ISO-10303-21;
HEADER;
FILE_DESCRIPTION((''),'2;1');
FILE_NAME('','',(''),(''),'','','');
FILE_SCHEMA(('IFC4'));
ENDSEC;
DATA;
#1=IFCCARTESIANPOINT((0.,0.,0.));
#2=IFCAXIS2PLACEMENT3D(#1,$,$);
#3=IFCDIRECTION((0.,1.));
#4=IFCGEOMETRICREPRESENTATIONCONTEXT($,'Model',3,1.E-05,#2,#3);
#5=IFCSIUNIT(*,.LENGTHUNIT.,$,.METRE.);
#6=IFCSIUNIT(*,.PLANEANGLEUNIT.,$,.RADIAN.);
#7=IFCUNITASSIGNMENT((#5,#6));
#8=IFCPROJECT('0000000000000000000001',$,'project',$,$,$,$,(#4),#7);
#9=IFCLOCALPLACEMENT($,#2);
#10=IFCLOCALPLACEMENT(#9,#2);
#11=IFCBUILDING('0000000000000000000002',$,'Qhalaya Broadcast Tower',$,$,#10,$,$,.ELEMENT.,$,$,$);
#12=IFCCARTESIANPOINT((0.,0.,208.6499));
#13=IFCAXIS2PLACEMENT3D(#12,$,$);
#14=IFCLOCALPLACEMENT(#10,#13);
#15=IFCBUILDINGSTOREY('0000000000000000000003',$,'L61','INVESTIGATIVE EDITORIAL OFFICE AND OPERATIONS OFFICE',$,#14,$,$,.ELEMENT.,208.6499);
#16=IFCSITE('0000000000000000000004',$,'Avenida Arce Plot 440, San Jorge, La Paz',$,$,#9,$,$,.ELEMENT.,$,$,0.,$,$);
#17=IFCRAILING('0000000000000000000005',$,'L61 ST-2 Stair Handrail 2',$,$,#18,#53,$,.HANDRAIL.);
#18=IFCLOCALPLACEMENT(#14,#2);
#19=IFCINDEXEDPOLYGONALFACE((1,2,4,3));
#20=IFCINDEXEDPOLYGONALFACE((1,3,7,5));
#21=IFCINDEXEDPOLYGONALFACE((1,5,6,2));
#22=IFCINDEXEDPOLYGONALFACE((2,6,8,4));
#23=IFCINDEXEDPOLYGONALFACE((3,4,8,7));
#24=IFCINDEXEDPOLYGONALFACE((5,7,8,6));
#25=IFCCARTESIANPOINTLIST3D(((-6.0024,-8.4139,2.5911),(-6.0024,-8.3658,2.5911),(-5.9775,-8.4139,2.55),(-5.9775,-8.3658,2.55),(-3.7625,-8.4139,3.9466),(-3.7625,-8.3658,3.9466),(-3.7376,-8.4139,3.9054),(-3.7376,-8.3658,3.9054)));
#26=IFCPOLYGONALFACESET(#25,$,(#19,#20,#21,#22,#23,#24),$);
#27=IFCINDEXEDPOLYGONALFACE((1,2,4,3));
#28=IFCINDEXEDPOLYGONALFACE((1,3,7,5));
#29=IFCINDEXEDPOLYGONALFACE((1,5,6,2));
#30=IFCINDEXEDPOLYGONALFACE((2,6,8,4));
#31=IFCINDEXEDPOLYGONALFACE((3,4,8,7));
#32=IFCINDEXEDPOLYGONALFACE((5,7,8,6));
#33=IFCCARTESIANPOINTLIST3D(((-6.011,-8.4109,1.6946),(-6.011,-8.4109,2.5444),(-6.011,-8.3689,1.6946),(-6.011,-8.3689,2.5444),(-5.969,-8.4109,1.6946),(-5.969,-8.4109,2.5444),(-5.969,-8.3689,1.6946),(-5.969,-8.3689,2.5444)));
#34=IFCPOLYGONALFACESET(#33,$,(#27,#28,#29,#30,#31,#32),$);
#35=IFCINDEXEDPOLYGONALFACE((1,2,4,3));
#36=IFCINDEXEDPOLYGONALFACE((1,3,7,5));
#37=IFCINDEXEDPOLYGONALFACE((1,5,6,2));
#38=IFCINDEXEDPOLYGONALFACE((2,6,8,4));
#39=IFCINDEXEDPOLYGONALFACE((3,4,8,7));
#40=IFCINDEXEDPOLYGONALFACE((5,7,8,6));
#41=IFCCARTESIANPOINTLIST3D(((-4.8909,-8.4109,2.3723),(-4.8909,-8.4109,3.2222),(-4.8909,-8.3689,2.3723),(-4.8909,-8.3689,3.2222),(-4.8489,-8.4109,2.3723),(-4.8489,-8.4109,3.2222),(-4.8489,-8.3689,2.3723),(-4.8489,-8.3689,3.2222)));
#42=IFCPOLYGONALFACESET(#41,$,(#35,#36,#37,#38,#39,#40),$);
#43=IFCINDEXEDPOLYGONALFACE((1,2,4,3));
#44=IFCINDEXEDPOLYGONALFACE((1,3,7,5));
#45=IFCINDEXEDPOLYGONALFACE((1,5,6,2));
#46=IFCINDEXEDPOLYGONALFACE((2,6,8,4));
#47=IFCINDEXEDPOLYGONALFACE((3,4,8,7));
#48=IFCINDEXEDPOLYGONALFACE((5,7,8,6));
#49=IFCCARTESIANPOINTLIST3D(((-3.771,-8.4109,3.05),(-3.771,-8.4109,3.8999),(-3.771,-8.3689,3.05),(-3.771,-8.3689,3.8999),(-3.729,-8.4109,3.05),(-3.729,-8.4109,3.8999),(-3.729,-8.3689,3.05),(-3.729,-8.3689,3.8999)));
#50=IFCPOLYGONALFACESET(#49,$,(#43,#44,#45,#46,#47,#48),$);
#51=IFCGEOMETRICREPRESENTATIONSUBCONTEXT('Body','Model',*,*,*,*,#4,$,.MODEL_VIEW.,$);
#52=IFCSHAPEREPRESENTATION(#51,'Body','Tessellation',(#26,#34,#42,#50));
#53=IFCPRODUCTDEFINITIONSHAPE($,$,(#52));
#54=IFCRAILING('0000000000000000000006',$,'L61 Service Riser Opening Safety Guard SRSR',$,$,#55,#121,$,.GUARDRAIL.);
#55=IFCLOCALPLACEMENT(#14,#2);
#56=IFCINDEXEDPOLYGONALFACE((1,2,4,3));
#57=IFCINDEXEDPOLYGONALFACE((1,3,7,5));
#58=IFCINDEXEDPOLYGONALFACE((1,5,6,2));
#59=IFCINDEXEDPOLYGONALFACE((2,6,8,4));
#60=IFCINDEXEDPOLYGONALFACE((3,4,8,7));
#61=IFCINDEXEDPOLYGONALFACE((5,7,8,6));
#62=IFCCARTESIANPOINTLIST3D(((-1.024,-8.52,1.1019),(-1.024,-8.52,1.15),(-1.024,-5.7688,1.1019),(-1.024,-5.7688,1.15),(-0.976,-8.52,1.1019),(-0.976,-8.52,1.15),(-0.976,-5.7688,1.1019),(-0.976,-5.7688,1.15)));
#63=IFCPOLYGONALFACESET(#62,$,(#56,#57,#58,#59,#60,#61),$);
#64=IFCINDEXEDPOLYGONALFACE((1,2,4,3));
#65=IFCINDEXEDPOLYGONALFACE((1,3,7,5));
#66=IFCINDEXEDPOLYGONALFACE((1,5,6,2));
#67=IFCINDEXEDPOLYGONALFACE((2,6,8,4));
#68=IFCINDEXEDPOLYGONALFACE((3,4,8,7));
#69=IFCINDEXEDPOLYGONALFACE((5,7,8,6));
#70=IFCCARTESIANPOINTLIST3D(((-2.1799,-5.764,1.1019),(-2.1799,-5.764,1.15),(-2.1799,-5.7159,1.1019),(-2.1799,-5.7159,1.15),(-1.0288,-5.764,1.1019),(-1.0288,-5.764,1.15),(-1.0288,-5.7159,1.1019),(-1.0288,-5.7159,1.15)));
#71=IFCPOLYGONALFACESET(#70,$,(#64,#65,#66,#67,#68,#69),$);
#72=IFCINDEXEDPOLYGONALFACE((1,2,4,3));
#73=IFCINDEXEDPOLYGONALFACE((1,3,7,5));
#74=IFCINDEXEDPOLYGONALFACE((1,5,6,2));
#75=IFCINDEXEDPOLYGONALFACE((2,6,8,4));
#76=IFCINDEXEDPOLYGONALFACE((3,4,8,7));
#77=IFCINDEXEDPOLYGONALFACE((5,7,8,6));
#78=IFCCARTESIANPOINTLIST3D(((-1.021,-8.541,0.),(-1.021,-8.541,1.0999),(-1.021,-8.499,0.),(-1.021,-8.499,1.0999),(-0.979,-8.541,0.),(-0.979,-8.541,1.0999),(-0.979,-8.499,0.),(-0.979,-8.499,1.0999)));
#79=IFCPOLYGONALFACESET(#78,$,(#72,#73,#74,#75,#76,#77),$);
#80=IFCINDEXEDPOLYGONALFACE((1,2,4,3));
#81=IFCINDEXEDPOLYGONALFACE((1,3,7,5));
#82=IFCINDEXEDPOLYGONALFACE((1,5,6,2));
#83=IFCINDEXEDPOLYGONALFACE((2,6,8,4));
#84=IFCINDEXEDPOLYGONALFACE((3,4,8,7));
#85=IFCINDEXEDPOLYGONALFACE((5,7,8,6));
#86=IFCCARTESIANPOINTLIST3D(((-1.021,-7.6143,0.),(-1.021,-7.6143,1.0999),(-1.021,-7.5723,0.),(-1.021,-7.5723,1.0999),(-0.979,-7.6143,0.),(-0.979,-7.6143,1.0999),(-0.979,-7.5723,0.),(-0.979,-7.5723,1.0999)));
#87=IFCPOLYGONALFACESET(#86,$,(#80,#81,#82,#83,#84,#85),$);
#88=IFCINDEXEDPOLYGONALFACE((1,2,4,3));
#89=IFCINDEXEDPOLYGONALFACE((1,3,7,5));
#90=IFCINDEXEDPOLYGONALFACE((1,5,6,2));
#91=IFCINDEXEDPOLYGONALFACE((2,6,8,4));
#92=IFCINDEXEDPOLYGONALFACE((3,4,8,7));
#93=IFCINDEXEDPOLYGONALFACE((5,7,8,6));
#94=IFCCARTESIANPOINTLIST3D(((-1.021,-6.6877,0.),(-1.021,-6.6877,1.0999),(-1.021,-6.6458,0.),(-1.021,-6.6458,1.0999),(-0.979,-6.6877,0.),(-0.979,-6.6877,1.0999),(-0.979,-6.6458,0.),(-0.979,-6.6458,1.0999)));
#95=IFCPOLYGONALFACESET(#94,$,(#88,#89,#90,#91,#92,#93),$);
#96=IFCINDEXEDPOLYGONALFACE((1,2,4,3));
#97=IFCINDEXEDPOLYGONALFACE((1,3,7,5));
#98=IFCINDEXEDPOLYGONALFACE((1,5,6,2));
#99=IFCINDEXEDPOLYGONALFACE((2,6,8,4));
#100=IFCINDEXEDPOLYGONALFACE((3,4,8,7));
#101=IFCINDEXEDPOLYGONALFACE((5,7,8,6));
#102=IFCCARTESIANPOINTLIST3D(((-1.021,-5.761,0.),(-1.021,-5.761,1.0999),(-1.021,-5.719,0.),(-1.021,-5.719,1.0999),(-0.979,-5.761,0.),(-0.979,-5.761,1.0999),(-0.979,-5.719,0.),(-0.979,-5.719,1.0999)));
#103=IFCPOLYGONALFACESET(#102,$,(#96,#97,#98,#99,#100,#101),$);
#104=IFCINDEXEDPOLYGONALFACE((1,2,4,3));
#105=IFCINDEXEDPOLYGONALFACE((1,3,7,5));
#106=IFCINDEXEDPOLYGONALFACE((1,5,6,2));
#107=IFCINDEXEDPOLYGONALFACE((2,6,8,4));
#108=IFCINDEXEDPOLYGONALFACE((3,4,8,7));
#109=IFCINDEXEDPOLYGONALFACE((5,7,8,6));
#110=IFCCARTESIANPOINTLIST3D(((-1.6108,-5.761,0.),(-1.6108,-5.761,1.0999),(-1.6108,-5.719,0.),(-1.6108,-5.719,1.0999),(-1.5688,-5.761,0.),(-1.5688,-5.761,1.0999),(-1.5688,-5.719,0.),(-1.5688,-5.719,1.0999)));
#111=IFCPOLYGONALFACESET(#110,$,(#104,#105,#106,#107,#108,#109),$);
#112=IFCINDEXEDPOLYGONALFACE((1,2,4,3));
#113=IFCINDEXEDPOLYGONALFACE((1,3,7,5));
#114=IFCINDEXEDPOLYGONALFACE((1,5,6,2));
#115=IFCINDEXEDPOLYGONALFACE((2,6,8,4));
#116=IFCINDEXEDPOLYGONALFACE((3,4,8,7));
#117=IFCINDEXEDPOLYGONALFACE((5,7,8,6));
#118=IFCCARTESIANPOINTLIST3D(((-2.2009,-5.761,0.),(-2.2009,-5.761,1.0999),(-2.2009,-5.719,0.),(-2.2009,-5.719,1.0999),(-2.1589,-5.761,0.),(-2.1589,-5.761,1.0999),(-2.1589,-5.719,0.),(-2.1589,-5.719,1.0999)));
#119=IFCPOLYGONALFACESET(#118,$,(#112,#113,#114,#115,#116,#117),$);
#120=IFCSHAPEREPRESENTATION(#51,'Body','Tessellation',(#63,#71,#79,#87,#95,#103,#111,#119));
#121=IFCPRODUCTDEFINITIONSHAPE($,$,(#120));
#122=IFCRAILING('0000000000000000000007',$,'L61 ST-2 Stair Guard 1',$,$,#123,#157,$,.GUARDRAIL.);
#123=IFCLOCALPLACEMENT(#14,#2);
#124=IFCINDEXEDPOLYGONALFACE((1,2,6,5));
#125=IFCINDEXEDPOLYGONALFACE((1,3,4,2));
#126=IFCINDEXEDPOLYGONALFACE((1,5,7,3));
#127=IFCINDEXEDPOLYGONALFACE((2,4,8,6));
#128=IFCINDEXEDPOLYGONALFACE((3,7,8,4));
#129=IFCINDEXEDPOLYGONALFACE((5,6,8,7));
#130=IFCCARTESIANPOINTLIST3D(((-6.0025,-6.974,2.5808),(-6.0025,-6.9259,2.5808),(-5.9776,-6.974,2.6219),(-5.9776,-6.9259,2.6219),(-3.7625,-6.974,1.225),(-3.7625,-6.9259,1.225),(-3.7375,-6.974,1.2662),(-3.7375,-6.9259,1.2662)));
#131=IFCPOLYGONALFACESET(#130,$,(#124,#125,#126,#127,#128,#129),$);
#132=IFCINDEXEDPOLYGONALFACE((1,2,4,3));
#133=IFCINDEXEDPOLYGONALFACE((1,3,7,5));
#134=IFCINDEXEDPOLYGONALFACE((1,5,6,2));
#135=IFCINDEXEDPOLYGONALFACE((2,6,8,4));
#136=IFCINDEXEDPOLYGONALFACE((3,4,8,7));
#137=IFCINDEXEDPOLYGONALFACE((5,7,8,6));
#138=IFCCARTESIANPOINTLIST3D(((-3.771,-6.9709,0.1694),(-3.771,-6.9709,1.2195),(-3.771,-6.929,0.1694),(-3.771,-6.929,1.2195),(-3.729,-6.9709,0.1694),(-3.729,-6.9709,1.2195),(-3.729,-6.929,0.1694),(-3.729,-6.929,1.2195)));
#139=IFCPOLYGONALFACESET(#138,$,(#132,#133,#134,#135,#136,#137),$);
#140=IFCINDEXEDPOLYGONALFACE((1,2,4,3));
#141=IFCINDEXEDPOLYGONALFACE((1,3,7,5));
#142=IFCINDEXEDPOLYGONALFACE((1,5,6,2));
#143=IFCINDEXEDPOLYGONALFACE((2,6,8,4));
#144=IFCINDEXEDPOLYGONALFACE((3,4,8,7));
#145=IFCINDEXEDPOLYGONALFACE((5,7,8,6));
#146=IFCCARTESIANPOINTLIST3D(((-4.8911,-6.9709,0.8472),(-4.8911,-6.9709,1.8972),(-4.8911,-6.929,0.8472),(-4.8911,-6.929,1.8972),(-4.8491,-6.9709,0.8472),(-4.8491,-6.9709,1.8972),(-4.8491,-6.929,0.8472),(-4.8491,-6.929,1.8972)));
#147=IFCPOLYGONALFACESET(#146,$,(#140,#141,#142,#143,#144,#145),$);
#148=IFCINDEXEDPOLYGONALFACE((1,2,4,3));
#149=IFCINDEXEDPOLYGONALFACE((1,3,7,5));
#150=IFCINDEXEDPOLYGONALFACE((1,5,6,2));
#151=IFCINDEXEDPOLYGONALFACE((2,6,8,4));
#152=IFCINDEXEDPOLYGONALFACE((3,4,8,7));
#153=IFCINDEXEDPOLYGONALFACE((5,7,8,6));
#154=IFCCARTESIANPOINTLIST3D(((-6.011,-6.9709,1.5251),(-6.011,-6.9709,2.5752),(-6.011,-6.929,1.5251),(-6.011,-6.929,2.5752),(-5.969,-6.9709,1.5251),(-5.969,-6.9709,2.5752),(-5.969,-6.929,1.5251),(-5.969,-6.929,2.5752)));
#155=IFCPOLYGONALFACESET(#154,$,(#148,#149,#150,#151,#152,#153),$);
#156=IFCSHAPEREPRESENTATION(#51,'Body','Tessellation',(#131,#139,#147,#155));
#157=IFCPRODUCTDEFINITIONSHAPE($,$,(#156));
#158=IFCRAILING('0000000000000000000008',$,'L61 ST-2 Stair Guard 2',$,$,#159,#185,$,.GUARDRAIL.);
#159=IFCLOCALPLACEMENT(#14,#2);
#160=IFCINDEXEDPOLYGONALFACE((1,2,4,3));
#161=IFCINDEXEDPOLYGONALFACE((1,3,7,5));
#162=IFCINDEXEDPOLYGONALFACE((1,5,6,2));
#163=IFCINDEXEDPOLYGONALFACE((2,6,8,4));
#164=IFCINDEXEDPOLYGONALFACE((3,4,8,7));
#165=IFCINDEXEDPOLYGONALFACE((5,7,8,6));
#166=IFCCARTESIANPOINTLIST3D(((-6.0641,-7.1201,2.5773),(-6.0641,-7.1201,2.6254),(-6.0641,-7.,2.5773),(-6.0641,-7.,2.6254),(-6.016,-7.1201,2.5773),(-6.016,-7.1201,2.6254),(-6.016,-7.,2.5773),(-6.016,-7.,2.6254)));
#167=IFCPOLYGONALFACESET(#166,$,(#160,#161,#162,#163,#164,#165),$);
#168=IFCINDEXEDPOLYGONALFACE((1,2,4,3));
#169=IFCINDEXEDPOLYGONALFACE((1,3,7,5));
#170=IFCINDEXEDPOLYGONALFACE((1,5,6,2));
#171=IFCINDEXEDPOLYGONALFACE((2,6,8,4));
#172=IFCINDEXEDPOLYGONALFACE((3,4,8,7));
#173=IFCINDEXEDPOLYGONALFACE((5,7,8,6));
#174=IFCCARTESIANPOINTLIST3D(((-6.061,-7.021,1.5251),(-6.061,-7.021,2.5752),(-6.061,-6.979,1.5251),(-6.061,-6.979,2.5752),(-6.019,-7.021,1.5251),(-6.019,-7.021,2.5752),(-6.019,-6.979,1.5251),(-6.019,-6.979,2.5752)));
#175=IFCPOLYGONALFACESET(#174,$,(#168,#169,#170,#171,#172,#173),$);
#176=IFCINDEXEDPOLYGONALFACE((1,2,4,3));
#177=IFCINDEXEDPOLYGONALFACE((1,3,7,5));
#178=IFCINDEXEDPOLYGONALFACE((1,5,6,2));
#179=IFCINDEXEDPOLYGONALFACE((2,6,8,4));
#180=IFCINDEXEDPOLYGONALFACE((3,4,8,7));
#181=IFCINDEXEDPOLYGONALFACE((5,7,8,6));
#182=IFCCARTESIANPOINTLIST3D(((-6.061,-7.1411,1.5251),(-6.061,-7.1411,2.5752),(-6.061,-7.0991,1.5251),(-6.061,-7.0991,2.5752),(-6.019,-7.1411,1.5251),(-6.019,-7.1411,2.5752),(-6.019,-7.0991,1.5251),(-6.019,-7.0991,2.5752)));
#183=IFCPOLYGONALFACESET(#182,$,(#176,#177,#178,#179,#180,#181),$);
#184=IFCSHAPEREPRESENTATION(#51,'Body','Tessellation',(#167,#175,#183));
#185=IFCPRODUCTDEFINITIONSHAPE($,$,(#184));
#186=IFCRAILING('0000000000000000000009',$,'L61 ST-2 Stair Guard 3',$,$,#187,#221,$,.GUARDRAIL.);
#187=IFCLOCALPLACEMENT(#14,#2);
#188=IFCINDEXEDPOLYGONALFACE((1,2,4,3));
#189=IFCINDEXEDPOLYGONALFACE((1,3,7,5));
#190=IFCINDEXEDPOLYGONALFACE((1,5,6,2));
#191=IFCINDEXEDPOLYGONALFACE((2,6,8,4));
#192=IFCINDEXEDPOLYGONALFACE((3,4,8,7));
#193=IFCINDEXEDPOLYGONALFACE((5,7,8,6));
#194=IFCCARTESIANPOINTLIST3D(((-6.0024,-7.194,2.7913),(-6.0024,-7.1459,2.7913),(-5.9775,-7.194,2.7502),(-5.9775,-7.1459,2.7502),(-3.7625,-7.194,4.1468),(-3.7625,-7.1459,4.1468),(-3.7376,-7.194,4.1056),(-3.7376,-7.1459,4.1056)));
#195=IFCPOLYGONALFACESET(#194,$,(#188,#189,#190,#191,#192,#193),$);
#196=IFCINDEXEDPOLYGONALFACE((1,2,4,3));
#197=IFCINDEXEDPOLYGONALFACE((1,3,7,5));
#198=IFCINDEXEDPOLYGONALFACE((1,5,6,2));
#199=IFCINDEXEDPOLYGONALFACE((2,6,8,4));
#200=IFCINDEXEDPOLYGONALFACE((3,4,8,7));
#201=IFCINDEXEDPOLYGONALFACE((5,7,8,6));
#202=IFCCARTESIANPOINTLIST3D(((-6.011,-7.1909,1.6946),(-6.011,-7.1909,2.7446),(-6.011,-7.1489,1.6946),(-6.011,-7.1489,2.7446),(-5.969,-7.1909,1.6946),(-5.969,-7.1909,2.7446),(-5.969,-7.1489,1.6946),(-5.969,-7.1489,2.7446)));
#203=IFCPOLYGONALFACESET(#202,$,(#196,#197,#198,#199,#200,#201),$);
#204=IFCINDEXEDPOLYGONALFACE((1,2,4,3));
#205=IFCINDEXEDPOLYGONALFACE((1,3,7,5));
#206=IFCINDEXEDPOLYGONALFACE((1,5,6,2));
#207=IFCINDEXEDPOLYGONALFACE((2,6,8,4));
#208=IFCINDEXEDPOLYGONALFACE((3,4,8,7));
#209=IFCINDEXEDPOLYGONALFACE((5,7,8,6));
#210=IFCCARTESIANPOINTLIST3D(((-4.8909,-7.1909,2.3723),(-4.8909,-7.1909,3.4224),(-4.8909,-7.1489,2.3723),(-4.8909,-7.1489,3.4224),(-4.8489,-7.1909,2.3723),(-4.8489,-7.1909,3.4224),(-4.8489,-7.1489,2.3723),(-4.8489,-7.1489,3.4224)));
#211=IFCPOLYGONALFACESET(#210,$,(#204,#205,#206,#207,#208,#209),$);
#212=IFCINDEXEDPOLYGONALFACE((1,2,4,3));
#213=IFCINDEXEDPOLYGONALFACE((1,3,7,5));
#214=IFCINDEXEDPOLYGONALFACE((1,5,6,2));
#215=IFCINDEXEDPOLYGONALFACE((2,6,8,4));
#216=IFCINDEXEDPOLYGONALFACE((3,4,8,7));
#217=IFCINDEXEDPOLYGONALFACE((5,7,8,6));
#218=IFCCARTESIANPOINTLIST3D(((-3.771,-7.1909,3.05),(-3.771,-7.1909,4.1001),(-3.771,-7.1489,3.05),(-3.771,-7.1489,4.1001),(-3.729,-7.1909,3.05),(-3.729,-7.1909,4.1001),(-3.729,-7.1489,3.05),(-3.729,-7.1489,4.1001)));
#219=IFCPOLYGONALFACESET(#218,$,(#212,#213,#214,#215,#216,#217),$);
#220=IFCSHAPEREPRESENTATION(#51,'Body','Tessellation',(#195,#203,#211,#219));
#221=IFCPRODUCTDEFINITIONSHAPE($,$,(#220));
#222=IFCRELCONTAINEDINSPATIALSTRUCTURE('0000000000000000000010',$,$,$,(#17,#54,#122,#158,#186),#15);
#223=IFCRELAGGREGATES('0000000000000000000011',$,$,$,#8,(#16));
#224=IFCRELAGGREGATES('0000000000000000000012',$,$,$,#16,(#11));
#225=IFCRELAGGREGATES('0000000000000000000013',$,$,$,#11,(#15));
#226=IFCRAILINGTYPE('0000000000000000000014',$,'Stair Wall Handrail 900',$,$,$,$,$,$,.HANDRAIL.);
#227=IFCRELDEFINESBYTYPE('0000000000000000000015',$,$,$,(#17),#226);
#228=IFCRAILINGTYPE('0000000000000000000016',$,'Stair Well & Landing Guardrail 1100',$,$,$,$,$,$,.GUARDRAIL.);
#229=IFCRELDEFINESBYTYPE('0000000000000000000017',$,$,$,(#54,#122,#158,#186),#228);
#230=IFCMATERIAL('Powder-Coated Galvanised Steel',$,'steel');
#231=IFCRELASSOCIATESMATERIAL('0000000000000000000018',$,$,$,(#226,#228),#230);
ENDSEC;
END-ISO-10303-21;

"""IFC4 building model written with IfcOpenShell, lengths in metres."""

from ifc_helpers import new_model, si_unit, direction, frame, origin, origin_2d, place, context, subcontext, project, spatial, rectangle, extrude, material, type_object, element, save


model = new_model("IFC4")

# Units and contexts
model_context = context("Model", 3, precision=1e-05, world=origin(), true_north=direction((0.0, 1.0)))
body_context = subcontext(model_context, "Body", "Model", "MODEL_VIEW")
ifc_project = project(units=[si_unit("LENGTHUNIT", "METRE"), si_unit("PLANEANGLEUNIT", "RADIAN")], contexts=[model_context])

# Site, building, storey
site_placement = place(None, origin())
site = spatial("IfcSite", under=ifc_project, at=site_placement, Name="Avenida Arce Plot 440, San Jorge, La Paz", CompositionType="ELEMENT", RefElevation=0.0)
building_placement = place(site_placement, origin())
building = spatial("IfcBuilding", under=site, at=building_placement, Name="Qhalaya Broadcast Tower", CompositionType="ELEMENT")
storey_placement = place(building_placement, frame((0.0, 0.0, 208.6499)))
storey = spatial("IfcBuildingStorey", under=building, at=storey_placement, Name="L61", Description="INVESTIGATIVE EDITORIAL OFFICE AND OPERATIONS OFFICE", CompositionType="ELEMENT", Elevation=208.6499)

# Railings
ifc_material_1 = material(Name="Powder-Coated Galvanised Steel", Category="steel")
railing_type_1 = type_object("IfcRailingType", Name="Stair Wall Handrail 900", PredefinedType="HANDRAIL", material=ifc_material_1)
railing_1_placement = place(storey_placement, frame((-5.99, -8.3899, 1.6946)))
element("IfcRailing", 1, at=railing_1_placement, inside=storey, type_object=railing_type_1, Name="L61 ST-2 Stair Handrail 2", PredefinedType="HANDRAIL", context=body_context, shape_type="SweptSolid", body=[
    extrude(rectangle(XDim=0.0481, YDim=0.0481, at=origin_2d()), frame((0.0, 0.0, 0.876), z_axis=(0.855553, 0.0, 0.517715), x_axis=(0.0, 1.0, 0.0)), (0.0, 0.0, 1.0), 2.6182),
    extrude(rectangle(XDim=0.042, YDim=0.042, at=origin_2d()), origin(), (0.0, 0.0, 1.0), 0.8499),
    extrude(rectangle(XDim=0.042, YDim=0.042, at=origin_2d()), frame((1.1201, 0.0, 0.6777)), (0.0, 0.0, 1.0), 0.8499),
    extrude(rectangle(XDim=0.042, YDim=0.042, at=origin_2d()), frame((2.24, 0.0, 1.3555)), (0.0, 0.0, 1.0), 0.8499),
])
railing_type_2 = type_object("IfcRailingType", Name="Stair Well & Landing Guardrail 1100", PredefinedType="GUARDRAIL", material=ifc_material_1)
railing_2_placement = place(storey_placement, frame((-1.0, -8.52, 0.0)))
element("IfcRailing", 2, at=railing_2_placement, inside=storey, type_object=railing_type_2, Name="L61 Service Riser Opening Safety Guard SRSR", PredefinedType="GUARDRAIL", context=body_context, shape_type="SweptSolid", body=[
    extrude(rectangle(XDim=0.0481, YDim=0.0481, at=origin_2d()), frame((0.0, 0.0, 1.126), z_axis=(0.0, 1.0, 0.0), x_axis=(-1.0, 0.0, 0.0)), (0.0, 0.0, 1.0), 2.7512),
    extrude(rectangle(XDim=0.0481, YDim=0.0481, at=origin_2d()), frame((-0.0288, 2.78, 1.126), z_axis=(-1.0, 0.0, 0.0), x_axis=(0.0, -1.0, 0.0)), (0.0, 0.0, 1.0), 1.1511),
    extrude(rectangle(XDim=0.042, YDim=0.042, at=origin_2d()), origin(), (0.0, 0.0, 1.0), 1.0999),
    extrude(rectangle(XDim=0.042, YDim=0.042, at=origin_2d()), frame((0.0, 0.9268, 0.0)), (0.0, 0.0, 1.0), 1.0999),
    extrude(rectangle(XDim=0.042, YDim=0.042, at=origin_2d()), frame((0.0, 1.8533, 0.0)), (0.0, 0.0, 1.0), 1.0999),
    extrude(rectangle(XDim=0.042, YDim=0.042, at=origin_2d()), frame((0.0, 2.78, 0.0)), (0.0, 0.0, 1.0), 1.0999),
    extrude(rectangle(XDim=0.042, YDim=0.042, at=origin_2d()), frame((-0.5898, 2.78, 0.0)), (0.0, 0.0, 1.0), 1.0999),
    extrude(rectangle(XDim=0.042, YDim=0.042, at=origin_2d()), frame((-1.1799, 2.78, 0.0)), (0.0, 0.0, 1.0), 1.0999),
])
railing_3_placement = place(storey_placement, frame((-3.75, -6.95, 0.1694)))
element("IfcRailing", 3, at=railing_3_placement, inside=storey, type_object=railing_type_2, Name="L61 ST-2 Stair Guard 1", PredefinedType="GUARDRAIL", context=body_context, shape_type="SweptSolid", body=[
    extrude(rectangle(XDim=0.0481, YDim=0.0481, at=origin_2d()), frame((0.0, 0.0, 1.0762), z_axis=(-0.855512, 0.0, 0.517783), x_axis=(0.0, -1.0, 0.0)), (0.0, 0.0, 1.0), 2.6184),
    extrude(rectangle(XDim=0.042, YDim=0.042, at=origin_2d()), origin(), (0.0, 0.0, 1.0), 1.05),
    extrude(rectangle(XDim=0.042, YDim=0.042, at=origin_2d()), frame((-1.1201, 0.0, 0.6777)), (0.0, 0.0, 1.0), 1.05),
    extrude(rectangle(XDim=0.042, YDim=0.042, at=origin_2d()), frame((-2.24, 0.0, 1.3557)), (0.0, 0.0, 1.0), 1.05),
])
railing_4_placement = place(storey_placement, frame((-6.04, -7.0, 1.5251)))
element("IfcRailing", 4, at=railing_4_placement, inside=storey, type_object=railing_type_2, Name="L61 ST-2 Stair Guard 2", PredefinedType="GUARDRAIL", context=body_context, shape_type="SweptSolid", body=[
    extrude(rectangle(XDim=0.0481, YDim=0.0481, at=origin_2d()), frame((0.0, 0.0, 1.0762), z_axis=(0.0, -1.0, 0.0), x_axis=(1.0, 0.0, 0.0)), (0.0, 0.0, 1.0), 0.1201),
    extrude(rectangle(XDim=0.042, YDim=0.042, at=origin_2d()), origin(), (0.0, 0.0, 1.0), 1.05),
    extrude(rectangle(XDim=0.042, YDim=0.042, at=origin_2d()), frame((0.0, -0.1201, 0.0)), (0.0, 0.0, 1.0), 1.05),
])
railing_5_placement = place(storey_placement, frame((-5.99, -7.1699, 1.6946)))
element("IfcRailing", 5, at=railing_5_placement, inside=storey, type_object=railing_type_2, Name="L61 ST-2 Stair Guard 3", PredefinedType="GUARDRAIL", context=body_context, shape_type="SweptSolid", body=[
    extrude(rectangle(XDim=0.0481, YDim=0.0481, at=origin_2d()), frame((0.0, 0.0, 1.0762), z_axis=(0.855553, 0.0, 0.517715), x_axis=(0.0, 1.0, 0.0)), (0.0, 0.0, 1.0), 2.6182),
    extrude(rectangle(XDim=0.042, YDim=0.042, at=origin_2d()), origin(), (0.0, 0.0, 1.0), 1.05),
    extrude(rectangle(XDim=0.042, YDim=0.042, at=origin_2d()), frame((1.1201, 0.0, 0.6777)), (0.0, 0.0, 1.0), 1.05),
    extrude(rectangle(XDim=0.042, YDim=0.042, at=origin_2d()), frame((2.24, 0.0, 1.3555)), (0.0, 0.0, 1.0), 1.05),
])

save(model, "model.ifc")
